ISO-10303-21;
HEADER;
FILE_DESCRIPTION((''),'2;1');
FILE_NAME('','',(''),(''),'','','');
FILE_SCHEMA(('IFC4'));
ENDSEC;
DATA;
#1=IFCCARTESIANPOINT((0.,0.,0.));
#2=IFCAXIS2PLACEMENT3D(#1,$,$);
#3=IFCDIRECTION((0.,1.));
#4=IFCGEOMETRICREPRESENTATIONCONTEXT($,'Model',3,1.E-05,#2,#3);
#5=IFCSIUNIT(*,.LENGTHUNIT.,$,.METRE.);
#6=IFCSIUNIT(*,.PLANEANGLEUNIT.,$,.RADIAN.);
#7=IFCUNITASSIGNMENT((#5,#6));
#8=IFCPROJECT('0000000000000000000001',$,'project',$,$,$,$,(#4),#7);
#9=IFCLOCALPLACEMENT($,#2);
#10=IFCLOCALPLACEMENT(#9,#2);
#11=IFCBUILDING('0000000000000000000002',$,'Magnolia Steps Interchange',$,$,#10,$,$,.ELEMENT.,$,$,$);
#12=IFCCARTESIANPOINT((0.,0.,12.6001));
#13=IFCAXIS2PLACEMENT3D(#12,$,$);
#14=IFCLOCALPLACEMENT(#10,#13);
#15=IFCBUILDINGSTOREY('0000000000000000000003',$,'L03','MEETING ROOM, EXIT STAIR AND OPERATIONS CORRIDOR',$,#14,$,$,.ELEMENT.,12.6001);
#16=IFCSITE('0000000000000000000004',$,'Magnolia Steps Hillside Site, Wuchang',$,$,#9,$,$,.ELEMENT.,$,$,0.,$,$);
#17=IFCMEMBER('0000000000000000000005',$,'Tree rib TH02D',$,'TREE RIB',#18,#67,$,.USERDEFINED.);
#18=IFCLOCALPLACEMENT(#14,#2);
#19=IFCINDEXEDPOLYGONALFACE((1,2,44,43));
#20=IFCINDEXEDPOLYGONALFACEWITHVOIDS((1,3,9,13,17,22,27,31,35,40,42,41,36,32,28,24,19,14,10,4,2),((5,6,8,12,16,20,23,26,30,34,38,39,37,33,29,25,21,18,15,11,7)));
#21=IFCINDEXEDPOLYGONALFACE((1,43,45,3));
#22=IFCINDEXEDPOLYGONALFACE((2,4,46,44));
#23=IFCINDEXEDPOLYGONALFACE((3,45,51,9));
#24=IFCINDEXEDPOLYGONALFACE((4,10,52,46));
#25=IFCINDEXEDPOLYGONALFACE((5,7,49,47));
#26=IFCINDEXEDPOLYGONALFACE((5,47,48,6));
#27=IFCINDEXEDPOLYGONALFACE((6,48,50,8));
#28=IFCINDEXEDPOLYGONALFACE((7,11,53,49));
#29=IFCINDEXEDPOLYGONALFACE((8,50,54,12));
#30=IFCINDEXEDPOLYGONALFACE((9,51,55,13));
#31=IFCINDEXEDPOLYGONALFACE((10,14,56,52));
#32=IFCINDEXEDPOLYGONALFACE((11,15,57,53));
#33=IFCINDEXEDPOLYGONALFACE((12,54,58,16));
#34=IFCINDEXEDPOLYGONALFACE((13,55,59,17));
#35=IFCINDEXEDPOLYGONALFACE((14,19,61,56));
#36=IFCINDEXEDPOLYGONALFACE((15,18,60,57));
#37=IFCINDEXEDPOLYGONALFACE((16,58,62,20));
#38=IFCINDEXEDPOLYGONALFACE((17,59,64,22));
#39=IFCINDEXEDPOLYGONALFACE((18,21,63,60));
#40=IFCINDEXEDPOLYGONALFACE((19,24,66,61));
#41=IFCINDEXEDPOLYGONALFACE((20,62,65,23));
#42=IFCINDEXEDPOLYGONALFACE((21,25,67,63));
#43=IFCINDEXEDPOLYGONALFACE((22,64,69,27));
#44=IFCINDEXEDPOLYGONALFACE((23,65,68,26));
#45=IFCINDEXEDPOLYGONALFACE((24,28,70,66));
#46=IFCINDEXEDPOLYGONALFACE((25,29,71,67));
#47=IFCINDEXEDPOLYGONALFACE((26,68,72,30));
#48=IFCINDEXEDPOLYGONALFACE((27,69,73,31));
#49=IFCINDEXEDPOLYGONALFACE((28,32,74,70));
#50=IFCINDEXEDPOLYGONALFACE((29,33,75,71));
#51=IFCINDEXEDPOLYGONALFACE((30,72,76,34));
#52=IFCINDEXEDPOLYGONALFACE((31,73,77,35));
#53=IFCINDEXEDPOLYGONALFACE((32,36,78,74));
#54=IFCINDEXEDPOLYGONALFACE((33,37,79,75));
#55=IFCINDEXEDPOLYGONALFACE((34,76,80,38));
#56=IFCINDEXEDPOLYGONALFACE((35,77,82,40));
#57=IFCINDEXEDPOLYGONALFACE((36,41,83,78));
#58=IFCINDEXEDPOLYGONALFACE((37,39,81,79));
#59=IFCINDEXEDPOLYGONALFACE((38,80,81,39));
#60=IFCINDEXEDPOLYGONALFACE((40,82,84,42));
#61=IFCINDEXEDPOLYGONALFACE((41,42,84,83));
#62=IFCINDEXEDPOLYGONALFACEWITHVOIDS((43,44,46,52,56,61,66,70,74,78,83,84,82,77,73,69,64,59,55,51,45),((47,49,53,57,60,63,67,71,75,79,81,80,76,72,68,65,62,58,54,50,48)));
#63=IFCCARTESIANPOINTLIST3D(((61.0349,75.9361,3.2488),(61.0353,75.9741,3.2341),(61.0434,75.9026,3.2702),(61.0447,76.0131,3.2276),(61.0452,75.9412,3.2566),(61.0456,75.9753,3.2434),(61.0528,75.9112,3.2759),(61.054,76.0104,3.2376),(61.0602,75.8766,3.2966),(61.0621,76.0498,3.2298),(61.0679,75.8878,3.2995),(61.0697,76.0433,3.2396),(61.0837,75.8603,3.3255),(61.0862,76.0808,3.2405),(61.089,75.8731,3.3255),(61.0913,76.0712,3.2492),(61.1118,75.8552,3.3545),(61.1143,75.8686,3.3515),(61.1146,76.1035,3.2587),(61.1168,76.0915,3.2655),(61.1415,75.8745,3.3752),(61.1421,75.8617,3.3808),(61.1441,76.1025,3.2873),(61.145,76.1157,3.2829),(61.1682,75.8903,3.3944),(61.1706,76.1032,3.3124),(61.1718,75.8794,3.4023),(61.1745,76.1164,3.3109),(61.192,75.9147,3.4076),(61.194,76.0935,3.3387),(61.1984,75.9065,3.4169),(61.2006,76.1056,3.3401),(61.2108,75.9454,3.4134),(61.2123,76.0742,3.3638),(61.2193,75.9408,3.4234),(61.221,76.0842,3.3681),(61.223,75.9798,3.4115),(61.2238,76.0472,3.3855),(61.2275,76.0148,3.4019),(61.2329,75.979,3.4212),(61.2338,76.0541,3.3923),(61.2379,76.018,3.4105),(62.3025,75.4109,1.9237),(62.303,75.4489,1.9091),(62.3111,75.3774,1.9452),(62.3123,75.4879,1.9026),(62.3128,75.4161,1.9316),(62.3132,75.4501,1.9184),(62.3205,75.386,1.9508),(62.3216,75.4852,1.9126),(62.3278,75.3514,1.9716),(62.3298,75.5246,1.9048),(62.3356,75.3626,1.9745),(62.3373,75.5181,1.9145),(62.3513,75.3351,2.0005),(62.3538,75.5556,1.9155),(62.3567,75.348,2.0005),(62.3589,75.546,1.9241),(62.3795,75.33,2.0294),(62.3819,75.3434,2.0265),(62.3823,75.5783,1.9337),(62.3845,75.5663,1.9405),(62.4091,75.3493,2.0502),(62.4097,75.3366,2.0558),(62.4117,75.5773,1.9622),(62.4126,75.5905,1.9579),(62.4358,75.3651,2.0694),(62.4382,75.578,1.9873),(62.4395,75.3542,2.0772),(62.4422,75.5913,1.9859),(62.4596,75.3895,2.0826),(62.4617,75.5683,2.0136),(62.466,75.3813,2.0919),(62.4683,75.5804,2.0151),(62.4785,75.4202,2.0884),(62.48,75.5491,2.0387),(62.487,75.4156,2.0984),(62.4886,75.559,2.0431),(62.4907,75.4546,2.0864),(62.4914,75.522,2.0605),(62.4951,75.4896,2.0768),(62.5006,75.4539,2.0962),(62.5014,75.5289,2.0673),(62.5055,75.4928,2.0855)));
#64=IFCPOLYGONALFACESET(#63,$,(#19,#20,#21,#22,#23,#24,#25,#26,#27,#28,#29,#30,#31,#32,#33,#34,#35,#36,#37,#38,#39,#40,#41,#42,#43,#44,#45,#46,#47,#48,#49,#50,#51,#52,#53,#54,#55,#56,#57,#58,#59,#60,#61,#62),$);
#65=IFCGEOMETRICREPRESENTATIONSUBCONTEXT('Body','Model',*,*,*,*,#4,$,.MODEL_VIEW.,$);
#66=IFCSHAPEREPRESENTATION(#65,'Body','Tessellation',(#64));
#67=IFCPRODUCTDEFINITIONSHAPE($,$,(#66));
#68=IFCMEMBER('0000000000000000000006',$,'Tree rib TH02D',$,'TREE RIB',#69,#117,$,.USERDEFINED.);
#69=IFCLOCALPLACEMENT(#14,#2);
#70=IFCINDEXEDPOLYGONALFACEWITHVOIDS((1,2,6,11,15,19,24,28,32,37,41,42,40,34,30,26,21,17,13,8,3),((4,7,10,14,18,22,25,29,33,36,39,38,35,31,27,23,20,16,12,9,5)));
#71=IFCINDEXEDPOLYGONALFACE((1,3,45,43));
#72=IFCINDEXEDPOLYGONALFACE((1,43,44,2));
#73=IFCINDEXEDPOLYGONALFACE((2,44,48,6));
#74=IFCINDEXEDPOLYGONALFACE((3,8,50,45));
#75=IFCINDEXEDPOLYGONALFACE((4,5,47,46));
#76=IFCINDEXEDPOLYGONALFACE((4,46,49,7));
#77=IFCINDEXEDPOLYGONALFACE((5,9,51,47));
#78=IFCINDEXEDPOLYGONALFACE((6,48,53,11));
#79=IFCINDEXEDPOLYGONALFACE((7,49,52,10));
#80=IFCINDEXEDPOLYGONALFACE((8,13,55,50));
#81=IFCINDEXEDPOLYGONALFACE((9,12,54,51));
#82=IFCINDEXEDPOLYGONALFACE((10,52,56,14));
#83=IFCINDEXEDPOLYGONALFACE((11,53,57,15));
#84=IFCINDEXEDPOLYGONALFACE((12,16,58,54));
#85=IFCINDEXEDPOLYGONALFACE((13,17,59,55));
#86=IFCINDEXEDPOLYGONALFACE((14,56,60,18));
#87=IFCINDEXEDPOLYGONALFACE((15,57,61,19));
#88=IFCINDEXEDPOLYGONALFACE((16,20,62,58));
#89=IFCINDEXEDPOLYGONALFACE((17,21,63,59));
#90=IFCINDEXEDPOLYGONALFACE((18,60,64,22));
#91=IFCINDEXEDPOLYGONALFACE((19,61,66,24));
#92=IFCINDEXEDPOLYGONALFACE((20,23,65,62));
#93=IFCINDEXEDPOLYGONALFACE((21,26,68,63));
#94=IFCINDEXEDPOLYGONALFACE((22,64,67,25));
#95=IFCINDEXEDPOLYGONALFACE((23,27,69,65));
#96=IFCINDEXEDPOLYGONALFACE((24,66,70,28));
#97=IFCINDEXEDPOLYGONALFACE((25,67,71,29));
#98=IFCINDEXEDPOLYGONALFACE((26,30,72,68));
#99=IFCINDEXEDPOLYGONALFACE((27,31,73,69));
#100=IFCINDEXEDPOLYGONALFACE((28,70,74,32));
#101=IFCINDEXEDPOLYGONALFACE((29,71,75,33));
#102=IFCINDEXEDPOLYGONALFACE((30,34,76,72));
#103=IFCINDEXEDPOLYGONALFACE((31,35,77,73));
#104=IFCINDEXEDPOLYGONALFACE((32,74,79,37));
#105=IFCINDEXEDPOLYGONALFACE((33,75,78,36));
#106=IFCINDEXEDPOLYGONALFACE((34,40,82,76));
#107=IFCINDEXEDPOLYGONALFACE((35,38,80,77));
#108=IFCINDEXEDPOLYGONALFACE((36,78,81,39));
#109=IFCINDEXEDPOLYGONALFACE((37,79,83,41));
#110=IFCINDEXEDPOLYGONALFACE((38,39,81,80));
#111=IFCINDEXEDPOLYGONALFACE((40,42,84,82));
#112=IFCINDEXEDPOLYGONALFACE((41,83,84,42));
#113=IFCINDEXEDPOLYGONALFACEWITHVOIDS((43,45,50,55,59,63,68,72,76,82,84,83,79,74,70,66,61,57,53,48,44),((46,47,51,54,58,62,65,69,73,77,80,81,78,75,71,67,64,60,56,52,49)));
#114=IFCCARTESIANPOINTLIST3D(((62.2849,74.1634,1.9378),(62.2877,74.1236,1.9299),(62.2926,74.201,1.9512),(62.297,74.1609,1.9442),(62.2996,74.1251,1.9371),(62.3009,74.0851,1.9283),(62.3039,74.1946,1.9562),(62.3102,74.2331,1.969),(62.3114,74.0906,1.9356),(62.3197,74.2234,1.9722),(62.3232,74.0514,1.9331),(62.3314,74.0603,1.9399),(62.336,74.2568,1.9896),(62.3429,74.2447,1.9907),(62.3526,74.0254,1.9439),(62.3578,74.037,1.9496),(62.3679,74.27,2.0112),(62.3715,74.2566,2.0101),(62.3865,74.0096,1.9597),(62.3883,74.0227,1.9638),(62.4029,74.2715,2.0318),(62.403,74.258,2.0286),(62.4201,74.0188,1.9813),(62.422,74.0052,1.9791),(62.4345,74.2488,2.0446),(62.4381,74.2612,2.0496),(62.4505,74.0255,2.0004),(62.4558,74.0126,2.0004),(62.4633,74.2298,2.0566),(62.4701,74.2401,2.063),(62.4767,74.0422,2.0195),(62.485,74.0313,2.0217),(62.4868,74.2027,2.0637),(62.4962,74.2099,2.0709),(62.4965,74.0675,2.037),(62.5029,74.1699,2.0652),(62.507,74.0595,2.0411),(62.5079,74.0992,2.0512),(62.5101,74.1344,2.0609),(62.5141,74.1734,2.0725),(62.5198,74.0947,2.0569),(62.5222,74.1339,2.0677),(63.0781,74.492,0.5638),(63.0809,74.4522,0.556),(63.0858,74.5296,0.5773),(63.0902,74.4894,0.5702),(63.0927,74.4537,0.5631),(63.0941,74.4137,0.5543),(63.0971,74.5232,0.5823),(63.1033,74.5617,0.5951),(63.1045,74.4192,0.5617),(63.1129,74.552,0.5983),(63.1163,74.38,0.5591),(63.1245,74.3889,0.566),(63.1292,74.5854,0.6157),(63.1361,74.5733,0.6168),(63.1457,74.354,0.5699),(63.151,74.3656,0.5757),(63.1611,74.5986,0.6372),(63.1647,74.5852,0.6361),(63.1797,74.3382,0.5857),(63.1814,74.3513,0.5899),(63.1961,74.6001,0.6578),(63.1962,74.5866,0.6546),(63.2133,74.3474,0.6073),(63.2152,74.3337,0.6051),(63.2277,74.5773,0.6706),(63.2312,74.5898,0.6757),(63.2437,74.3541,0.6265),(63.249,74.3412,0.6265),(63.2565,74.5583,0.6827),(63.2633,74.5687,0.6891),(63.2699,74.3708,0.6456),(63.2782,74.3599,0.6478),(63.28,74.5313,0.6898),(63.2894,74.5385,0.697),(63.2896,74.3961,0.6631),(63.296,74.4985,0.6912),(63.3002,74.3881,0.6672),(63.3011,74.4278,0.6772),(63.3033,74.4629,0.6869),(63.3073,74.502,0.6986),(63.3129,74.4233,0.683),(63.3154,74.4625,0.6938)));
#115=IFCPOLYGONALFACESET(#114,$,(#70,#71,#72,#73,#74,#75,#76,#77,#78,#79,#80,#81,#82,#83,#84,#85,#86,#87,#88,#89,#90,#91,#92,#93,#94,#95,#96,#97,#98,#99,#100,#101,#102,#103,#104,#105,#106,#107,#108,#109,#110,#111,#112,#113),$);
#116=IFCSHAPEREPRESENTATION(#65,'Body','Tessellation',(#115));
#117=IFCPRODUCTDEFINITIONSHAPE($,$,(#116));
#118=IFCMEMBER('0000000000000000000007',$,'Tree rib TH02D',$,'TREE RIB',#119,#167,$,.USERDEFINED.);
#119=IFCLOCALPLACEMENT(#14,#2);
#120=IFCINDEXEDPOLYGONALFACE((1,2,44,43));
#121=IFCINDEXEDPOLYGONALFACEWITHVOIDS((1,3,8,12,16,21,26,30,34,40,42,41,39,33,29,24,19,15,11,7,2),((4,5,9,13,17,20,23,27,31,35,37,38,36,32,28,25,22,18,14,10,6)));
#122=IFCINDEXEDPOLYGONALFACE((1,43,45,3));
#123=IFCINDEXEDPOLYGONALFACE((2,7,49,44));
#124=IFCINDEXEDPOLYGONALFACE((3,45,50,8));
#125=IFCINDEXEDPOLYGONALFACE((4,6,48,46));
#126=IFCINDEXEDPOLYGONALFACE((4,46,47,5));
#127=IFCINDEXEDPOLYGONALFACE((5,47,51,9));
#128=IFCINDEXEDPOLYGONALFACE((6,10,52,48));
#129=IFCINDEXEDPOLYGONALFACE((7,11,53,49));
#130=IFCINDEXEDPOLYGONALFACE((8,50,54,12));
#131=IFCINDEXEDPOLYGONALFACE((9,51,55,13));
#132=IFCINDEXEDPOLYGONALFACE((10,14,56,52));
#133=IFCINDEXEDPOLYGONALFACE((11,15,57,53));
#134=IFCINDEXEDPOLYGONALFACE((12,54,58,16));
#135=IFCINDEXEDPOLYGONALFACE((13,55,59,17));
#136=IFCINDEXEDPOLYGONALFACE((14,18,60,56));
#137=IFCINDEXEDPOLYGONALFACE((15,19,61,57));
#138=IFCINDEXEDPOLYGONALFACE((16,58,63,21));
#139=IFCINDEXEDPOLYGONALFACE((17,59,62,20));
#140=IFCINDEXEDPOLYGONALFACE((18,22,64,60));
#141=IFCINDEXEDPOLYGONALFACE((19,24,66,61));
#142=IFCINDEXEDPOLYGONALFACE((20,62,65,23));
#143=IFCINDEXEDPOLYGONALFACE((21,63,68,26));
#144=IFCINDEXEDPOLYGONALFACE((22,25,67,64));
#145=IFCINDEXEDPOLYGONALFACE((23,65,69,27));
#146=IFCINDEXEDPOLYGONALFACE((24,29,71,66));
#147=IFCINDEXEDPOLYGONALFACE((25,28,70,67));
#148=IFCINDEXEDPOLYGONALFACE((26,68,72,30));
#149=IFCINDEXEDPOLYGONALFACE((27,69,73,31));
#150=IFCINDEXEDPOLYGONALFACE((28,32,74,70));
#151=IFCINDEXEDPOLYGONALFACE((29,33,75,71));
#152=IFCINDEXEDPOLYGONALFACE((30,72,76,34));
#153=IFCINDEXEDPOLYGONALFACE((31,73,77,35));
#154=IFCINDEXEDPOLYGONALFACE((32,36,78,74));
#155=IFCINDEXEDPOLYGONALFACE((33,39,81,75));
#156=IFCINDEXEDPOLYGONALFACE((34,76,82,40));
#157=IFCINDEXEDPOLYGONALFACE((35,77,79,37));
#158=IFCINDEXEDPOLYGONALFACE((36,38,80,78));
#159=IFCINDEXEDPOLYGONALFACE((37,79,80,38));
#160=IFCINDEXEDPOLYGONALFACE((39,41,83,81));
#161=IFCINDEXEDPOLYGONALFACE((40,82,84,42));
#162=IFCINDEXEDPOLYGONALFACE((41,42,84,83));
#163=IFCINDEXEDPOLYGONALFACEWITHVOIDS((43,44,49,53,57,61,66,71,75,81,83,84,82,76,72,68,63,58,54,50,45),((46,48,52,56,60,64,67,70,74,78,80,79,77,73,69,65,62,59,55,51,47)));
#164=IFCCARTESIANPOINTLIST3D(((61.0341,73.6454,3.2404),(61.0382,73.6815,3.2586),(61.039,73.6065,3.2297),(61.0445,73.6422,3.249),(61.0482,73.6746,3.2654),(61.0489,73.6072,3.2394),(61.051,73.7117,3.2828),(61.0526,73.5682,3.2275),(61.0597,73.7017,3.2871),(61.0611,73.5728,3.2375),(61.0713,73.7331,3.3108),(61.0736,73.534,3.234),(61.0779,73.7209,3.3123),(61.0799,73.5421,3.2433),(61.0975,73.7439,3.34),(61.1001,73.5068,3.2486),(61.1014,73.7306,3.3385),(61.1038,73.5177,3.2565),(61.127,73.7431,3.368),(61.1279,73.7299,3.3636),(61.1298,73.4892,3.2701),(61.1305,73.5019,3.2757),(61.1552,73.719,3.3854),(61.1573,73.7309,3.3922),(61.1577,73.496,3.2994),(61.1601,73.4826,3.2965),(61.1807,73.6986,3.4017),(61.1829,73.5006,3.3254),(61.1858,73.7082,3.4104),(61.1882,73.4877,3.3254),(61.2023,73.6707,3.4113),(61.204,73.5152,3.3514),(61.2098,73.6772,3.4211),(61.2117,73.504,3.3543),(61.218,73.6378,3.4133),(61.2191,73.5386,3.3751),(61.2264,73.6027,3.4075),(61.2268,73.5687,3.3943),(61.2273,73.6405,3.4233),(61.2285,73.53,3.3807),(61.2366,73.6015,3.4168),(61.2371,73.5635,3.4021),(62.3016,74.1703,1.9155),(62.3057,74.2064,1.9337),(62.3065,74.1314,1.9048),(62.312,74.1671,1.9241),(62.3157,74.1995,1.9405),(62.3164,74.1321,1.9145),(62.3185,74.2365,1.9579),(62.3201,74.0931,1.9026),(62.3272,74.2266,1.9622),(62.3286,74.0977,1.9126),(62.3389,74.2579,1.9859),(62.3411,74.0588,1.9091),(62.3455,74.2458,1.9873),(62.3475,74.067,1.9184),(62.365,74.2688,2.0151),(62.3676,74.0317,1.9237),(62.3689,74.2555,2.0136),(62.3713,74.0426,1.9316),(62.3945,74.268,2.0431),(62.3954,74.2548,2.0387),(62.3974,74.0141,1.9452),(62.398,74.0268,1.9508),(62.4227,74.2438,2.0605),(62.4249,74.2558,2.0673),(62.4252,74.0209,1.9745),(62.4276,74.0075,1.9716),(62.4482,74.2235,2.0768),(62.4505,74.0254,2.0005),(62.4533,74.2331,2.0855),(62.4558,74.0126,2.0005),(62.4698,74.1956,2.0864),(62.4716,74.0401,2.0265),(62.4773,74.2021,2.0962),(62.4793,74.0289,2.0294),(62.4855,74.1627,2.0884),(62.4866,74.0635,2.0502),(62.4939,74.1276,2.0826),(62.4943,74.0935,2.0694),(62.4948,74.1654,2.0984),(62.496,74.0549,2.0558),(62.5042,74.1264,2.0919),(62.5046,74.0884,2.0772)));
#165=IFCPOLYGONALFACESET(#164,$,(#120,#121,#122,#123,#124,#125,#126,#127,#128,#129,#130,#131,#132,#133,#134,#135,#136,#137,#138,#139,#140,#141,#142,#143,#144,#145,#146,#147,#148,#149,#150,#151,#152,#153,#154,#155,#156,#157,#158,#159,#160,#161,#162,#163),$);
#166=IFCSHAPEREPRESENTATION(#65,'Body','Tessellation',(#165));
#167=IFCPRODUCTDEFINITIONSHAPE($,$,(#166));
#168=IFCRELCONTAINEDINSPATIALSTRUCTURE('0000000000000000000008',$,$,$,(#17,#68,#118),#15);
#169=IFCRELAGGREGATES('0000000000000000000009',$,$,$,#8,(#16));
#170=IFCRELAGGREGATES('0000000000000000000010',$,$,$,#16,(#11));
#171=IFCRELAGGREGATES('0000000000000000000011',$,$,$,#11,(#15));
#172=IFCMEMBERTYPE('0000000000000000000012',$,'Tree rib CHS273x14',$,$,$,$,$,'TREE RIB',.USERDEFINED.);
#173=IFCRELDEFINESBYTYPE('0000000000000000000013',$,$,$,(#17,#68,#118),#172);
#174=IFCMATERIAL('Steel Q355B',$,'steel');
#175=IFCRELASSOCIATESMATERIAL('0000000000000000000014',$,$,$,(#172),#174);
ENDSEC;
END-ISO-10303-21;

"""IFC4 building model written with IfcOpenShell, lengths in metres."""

from ifc_helpers import new_model, si_unit, direction, frame, origin, origin_2d, place, context, subcontext, project, spatial, hollow_circle, extrude, material, material_profile, profile_set, type_object, element, save


model = new_model("IFC4")

# Units and contexts
model_context = context("Model", 3, precision=1e-05, world=origin(), true_north=direction((0.0, 1.0)))
body_context = subcontext(model_context, "Body", "Model", "MODEL_VIEW")
ifc_project = project(units=[si_unit("LENGTHUNIT", "METRE"), si_unit("PLANEANGLEUNIT", "RADIAN")], contexts=[model_context])

# Site, building, storey
site_placement = place(None, origin())
site = spatial("IfcSite", under=ifc_project, at=site_placement, Name="Magnolia Steps Hillside Site, Wuchang", CompositionType="ELEMENT", RefElevation=0.0)
building_placement = place(site_placement, origin())
building = spatial("IfcBuilding", under=site, at=building_placement, Name="Magnolia Steps Interchange", CompositionType="ELEMENT")
storey_placement = place(building_placement, frame((0.0, 0.0, 12.6001)))
storey = spatial("IfcBuildingStorey", under=building, at=storey_placement, Name="L03", Description="MEETING ROOM, EXIT STAIR AND OPERATIONS CORRIDOR", CompositionType="ELEMENT", Elevation=12.6001)

# Members
ifc_material_1 = material(Name="Steel Q355B", Category="steel")
ifc_material_profile_1 = material_profile(ifc_material_1, hollow_circle(Radius=0.1365, WallThickness=0.0139, at=origin_2d()), Name="CHS273x14")
ifc_profile_set_1 = profile_set([ifc_material_profile_1], Name="Steel Q355B")
member_type = type_object("IfcMemberType", Name="Tree rib CHS273x14", ElementType="TREE RIB", PredefinedType="USERDEFINED", material=ifc_profile_set_1)
member_1_placement = place(storey_placement, frame((62.4036, 75.4612, 2.0005), z_axis=(-0.664571, 0.275326, 0.694651), x_axis=(-0.382745, -0.923854, 0.0)))
element("IfcMember", 1, at=member_1_placement, inside=storey, type_object=member_type, Name="Tree rib TH02D", ObjectType="TREE RIB", PredefinedType="USERDEFINED", context=body_context, shape_type="SweptSolid", body=[
    extrude(hollow_circle(Radius=0.1365, WallThickness=0.0139, at=origin_2d()), origin(), (0.0, 0.0, 1.0), 1.9075),
])
member_2_placement = place(storey_placement, frame((63.1968, 74.4673, 0.6265), z_axis=(-0.489571, -0.20282, 0.848047), x_axis=(0.382737, -0.923857, 0.0)))
element("IfcMember", 2, at=member_2_placement, inside=storey, type_object=member_type, Name="Tree rib TH02D", ObjectType="TREE RIB", PredefinedType="USERDEFINED", context=body_context, shape_type="SweptSolid", body=[
    extrude(hollow_circle(Radius=0.1365, WallThickness=0.0139, at=origin_2d()), origin(), (0.0, 0.0, 1.0), 1.6201),
])
member_3_placement = place(storey_placement, frame((62.4036, 74.1387, 2.0005), z_axis=(-0.664595, -0.275208, 0.694676), x_axis=(0.382593, -0.923917, 0.0)))
element("IfcMember", 3, at=member_3_placement, inside=storey, type_object=member_type, Name="Tree rib TH02D", ObjectType="TREE RIB", PredefinedType="USERDEFINED", context=body_context, shape_type="SweptSolid", body=[
    extrude(hollow_circle(Radius=0.1365, WallThickness=0.0139, at=origin_2d()), origin(), (0.0, 0.0, 1.0), 1.9072),
])

save(model, "model.ifc")
